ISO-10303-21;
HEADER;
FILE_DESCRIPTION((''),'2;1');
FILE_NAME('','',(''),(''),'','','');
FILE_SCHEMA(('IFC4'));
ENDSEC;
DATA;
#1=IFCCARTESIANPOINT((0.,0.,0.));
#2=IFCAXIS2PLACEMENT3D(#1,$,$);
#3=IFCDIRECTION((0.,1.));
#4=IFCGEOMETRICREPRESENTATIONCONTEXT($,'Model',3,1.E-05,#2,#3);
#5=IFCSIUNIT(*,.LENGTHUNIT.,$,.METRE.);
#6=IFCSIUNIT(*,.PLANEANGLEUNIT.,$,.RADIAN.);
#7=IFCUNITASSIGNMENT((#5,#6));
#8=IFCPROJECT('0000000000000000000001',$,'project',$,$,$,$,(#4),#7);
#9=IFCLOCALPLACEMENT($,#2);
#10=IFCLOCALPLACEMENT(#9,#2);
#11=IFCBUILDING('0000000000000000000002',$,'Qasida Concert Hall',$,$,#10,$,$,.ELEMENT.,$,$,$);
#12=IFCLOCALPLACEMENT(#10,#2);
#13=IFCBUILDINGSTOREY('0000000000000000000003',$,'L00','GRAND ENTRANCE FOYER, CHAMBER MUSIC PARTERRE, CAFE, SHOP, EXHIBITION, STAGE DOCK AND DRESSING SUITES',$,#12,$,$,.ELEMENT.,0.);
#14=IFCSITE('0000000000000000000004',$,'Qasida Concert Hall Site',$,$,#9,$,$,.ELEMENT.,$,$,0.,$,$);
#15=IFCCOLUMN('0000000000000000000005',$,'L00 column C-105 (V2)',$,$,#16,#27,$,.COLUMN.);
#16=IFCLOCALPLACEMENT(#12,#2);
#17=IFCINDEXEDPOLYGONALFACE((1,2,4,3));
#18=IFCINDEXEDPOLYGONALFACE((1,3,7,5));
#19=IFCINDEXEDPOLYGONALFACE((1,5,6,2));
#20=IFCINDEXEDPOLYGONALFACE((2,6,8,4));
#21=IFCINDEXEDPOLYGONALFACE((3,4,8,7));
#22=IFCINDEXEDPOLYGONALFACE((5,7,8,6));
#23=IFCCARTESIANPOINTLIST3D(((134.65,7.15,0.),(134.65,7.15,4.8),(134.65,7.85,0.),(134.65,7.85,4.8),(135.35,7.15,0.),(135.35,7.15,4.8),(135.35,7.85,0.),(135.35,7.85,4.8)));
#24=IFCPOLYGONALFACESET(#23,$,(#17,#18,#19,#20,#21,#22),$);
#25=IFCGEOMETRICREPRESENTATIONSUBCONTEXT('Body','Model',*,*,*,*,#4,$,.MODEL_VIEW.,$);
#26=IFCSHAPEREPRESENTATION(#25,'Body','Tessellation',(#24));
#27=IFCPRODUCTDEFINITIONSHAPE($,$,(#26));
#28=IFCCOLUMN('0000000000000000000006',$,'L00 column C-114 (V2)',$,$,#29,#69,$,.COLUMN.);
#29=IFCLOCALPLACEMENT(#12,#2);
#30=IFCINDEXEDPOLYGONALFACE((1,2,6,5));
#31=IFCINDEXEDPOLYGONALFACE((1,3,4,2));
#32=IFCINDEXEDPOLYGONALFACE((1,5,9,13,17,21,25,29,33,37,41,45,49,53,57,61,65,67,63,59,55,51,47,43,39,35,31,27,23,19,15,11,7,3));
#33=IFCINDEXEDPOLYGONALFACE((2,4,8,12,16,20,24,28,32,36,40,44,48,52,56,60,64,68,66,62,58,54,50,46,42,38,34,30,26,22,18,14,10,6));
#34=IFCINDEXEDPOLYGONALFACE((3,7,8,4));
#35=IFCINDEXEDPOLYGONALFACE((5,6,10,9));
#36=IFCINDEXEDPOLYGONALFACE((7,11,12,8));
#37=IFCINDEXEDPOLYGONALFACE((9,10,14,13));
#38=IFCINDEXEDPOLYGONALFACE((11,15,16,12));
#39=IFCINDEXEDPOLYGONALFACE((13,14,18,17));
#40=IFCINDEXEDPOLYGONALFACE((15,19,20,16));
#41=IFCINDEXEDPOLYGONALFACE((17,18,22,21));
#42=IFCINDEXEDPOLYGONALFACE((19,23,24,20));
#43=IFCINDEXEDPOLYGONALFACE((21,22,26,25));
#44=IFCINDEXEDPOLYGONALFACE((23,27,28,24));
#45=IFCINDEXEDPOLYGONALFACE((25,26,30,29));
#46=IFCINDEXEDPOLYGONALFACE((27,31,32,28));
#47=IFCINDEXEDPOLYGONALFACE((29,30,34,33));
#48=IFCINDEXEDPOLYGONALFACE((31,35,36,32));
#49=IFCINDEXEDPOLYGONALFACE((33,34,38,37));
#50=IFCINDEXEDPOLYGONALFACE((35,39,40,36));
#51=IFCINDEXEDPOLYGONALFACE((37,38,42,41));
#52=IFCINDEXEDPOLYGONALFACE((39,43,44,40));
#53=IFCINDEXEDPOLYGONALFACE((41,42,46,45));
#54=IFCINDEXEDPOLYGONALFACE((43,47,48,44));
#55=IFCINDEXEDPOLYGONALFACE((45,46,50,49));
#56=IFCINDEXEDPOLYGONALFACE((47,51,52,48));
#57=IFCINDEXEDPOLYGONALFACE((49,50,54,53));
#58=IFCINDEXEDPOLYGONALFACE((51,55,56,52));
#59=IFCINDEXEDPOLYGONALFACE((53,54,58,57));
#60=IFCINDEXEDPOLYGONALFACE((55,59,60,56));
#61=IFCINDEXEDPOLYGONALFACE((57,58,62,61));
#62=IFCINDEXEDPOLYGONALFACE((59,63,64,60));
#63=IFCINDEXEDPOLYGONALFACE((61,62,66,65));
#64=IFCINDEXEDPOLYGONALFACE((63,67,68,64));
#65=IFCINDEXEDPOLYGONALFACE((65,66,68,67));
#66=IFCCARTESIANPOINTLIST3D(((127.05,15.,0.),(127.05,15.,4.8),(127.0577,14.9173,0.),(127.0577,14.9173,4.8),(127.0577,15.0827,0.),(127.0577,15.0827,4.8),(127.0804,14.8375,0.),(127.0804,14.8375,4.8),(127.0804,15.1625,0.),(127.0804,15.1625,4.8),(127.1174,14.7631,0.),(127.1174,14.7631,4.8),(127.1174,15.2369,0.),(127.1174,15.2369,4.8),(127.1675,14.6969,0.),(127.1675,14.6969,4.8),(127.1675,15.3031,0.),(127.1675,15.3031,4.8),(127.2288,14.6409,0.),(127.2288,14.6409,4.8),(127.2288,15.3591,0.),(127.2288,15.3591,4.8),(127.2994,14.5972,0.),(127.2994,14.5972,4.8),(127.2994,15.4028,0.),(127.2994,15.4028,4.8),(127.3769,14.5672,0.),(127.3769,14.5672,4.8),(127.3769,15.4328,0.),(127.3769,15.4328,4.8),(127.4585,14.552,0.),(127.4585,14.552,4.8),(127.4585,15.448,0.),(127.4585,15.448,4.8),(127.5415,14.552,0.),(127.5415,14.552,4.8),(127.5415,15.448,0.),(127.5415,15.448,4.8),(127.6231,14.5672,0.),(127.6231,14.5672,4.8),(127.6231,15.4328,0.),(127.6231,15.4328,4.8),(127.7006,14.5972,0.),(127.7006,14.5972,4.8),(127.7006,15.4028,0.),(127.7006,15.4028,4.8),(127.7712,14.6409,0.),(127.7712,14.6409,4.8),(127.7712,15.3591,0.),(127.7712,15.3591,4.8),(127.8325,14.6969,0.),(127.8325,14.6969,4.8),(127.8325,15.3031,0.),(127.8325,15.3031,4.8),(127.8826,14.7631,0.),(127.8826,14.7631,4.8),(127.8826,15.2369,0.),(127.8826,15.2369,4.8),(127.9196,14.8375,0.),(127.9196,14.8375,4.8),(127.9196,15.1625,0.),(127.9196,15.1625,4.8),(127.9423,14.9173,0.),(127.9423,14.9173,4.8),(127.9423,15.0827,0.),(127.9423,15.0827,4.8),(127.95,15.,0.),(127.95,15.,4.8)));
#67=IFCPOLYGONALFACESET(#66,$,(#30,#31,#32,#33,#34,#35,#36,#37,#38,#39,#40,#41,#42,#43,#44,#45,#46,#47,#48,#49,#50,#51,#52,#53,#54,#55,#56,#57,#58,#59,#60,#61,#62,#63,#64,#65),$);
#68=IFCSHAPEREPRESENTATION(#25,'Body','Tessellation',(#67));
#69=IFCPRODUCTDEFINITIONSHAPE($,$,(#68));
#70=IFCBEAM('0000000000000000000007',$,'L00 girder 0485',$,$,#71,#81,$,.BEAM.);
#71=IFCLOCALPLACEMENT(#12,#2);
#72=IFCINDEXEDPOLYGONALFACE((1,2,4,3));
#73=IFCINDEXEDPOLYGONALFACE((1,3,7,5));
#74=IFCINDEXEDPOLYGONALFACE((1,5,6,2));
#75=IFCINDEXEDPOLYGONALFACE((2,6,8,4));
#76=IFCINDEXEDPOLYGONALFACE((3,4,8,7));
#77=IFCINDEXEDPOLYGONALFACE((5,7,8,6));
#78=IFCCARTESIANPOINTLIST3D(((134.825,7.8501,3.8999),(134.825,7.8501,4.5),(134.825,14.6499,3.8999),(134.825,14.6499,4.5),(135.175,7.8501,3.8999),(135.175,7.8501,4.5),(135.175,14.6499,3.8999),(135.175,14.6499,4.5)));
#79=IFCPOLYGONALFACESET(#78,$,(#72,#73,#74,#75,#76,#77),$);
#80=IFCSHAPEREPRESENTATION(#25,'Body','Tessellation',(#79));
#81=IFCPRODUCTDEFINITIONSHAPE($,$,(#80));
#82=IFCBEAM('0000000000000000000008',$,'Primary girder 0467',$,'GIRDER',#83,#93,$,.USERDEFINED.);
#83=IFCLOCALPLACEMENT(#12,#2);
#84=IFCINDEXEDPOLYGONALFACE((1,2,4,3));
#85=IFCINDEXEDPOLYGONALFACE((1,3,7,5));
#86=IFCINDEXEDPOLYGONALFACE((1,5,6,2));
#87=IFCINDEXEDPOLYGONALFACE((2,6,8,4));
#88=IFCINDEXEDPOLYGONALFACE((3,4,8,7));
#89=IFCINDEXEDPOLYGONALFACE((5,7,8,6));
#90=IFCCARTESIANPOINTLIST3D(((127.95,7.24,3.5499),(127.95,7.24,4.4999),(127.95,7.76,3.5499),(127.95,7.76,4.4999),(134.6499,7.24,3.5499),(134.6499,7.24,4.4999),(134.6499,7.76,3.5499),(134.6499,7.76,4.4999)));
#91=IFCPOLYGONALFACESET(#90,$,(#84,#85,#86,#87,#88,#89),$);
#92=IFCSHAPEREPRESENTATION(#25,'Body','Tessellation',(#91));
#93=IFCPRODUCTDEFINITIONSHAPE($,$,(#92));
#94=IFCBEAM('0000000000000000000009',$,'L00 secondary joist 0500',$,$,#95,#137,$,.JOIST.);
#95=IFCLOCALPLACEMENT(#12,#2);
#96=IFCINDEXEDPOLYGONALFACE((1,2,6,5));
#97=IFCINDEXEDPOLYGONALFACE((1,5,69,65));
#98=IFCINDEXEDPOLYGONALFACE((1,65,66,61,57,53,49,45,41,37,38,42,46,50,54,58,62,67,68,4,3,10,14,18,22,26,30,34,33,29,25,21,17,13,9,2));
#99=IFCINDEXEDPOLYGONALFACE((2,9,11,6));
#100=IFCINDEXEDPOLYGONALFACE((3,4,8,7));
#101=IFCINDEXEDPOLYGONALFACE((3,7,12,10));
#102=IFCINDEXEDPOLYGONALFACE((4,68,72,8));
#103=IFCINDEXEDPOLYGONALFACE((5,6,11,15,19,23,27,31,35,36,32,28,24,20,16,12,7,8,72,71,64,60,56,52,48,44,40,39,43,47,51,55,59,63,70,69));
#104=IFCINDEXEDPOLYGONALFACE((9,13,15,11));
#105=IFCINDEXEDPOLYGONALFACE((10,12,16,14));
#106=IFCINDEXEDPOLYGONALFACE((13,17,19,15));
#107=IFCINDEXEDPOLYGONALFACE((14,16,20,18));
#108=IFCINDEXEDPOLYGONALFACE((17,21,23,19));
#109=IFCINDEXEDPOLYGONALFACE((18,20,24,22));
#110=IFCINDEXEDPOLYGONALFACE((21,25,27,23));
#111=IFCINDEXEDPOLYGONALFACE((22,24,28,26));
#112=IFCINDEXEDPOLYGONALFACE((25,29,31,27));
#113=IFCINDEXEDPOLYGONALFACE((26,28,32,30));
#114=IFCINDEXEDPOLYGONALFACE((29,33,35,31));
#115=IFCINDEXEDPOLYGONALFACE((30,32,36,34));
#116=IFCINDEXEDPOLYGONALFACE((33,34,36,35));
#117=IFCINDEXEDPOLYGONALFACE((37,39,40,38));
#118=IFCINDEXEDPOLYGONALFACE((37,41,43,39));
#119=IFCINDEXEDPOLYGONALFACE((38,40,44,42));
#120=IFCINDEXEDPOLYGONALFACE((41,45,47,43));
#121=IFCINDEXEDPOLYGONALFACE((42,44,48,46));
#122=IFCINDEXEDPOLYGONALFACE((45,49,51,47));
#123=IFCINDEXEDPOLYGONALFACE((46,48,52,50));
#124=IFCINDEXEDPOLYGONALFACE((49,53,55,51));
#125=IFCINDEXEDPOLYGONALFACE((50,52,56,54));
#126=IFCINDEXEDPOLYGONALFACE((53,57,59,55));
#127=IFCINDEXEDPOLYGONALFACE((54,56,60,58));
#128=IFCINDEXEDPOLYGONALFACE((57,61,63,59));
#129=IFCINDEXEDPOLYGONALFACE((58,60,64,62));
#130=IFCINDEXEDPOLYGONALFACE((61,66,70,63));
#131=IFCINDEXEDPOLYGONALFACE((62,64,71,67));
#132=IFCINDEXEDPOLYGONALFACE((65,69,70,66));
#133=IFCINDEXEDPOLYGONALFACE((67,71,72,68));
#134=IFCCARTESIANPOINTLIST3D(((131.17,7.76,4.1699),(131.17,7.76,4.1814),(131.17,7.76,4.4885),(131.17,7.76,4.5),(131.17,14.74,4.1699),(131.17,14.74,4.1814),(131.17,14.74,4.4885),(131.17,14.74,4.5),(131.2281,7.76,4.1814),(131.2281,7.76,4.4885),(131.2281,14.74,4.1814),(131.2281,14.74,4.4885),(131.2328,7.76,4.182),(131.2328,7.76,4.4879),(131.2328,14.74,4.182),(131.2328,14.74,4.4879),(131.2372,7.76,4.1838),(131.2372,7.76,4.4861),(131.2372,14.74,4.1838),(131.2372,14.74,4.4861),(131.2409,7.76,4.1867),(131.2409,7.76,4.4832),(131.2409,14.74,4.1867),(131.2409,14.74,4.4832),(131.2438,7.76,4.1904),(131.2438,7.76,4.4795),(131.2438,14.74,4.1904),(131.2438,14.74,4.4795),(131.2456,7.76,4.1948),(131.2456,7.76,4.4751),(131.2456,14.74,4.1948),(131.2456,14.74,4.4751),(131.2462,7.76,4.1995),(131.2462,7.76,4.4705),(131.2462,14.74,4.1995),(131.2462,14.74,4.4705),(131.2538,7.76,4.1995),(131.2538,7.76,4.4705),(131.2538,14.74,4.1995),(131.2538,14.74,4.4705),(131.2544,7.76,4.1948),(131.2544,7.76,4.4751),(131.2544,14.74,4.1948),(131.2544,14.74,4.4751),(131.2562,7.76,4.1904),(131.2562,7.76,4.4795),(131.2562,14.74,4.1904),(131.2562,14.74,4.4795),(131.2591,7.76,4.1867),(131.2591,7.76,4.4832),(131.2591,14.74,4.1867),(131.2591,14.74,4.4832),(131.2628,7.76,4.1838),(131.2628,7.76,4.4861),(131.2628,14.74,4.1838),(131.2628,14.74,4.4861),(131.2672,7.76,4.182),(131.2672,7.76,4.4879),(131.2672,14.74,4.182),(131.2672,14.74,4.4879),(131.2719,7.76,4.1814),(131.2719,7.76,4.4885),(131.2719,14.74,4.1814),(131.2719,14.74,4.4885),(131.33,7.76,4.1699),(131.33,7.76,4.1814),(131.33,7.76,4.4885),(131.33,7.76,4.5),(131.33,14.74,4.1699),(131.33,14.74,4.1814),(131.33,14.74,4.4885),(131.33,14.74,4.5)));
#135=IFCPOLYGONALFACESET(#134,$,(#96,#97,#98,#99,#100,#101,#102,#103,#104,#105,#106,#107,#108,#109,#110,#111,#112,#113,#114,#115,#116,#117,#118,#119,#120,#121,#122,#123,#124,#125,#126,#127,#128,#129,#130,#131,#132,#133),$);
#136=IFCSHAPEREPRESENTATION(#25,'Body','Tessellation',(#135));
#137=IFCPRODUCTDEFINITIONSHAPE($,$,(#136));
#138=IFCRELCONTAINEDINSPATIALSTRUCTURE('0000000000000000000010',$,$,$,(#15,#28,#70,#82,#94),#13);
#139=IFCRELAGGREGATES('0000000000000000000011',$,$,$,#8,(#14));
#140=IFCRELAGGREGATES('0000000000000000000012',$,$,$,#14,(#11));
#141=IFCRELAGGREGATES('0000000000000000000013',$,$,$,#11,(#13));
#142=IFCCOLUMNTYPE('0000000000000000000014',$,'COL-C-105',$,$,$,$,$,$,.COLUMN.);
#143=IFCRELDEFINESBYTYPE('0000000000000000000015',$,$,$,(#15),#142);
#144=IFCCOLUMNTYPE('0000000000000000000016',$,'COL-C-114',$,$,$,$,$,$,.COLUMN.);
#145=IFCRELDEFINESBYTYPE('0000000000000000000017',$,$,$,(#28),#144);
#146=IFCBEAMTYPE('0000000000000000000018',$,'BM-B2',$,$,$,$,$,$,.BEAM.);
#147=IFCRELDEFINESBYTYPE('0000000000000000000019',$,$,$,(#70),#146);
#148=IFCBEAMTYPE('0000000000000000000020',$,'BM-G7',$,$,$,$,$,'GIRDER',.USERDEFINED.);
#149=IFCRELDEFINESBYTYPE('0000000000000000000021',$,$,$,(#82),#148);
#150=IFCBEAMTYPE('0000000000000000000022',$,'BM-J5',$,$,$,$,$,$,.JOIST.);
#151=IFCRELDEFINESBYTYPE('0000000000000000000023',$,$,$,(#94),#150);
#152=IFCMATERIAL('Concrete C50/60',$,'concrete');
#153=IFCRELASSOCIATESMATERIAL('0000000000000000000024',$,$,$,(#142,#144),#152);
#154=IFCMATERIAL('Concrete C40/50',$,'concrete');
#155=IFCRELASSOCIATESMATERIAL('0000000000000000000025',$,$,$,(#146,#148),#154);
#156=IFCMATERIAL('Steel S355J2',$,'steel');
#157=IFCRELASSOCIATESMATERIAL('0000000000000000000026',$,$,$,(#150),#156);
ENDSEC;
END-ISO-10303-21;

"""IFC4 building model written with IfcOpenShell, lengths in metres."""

from ifc_helpers import new_model, si_unit, direction, frame, origin, origin_2d, place, context, subcontext, project, spatial, rectangle, circle, i_section, extrude, material, material_profile, profile_set, type_object, element, save


model = new_model("IFC4")

# Units and contexts
model_context = context("Model", 3, precision=1e-05, world=origin(), true_north=direction((0.0, 1.0)))
body_context = subcontext(model_context, "Body", "Model", "MODEL_VIEW")
ifc_project = project(units=[si_unit("LENGTHUNIT", "METRE"), si_unit("PLANEANGLEUNIT", "RADIAN")], contexts=[model_context])

# Site, building, storey
site_placement = place(None, origin())
site = spatial("IfcSite", under=ifc_project, at=site_placement, Name="Qasida Concert Hall Site", CompositionType="ELEMENT", RefElevation=0.0)
building_placement = place(site_placement, origin())
building = spatial("IfcBuilding", under=site, at=building_placement, Name="Qasida Concert Hall", CompositionType="ELEMENT")
storey_placement = place(building_placement, origin())
storey = spatial("IfcBuildingStorey", under=building, at=storey_placement, Name="L00", Description="GRAND ENTRANCE FOYER, CHAMBER MUSIC PARTERRE, CAFE, SHOP, EXHIBITION, STAGE DOCK AND DRESSING SUITES", CompositionType="ELEMENT", Elevation=0.0)

# Columns
ifc_material_1 = material(Name="Concrete C50/60", Category="concrete")
ifc_material_profile_1 = material_profile(ifc_material_1, rectangle(XDim=0.7, YDim=0.7, at=origin_2d()), Name="RC 700x700")
ifc_profile_set_1 = profile_set([ifc_material_profile_1], Name="Concrete C50/60")
column_type_1 = type_object("IfcColumnType", Name="COL-C-105", PredefinedType="COLUMN", material=ifc_profile_set_1)
column_1_placement = place(storey_placement, frame((135.0, 7.5, 0.0), z_axis=(0.0, 0.0, 1.0), x_axis=(1.0, 0.0, 0.0)))
element("IfcColumn", 1, at=column_1_placement, inside=storey, type_object=column_type_1, Name="L00 column C-105 (V2)", PredefinedType="COLUMN", context=body_context, shape_type="SweptSolid", body=[
    extrude(rectangle(XDim=0.7, YDim=0.7, at=origin_2d()), origin(), (0.0, 0.0, 1.0), 4.8),
])
ifc_material_profile_2 = material_profile(ifc_material_1, circle(Radius=0.45, at=origin_2d()), Name="RC COL D900")
ifc_profile_set_2 = profile_set([ifc_material_profile_2], Name="Concrete C50/60")
column_type_2 = type_object("IfcColumnType", Name="COL-C-114", PredefinedType="COLUMN", material=ifc_profile_set_2)
column_2_placement = place(storey_placement, frame((127.5, 15.0, 0.0), z_axis=(0.0, 0.0, 1.0), x_axis=(1.0, 0.0, 0.0)))
element("IfcColumn", 2, at=column_2_placement, inside=storey, type_object=column_type_2, Name="L00 column C-114 (V2)", PredefinedType="COLUMN", context=body_context, shape_type="SweptSolid", body=[
    extrude(circle(Radius=0.45, at=origin_2d()), origin(), (0.0, 0.0, 1.0), 4.8),
])

# Beams
ifc_material_2 = material(Name="Concrete C40/50", Category="concrete")
ifc_material_profile_3 = material_profile(ifc_material_2, rectangle(XDim=0.3501, YDim=0.6001, at=origin_2d()), Name="RC 350x600")
ifc_profile_set_3 = profile_set([ifc_material_profile_3], Name="Concrete C40/50")
beam_type_1 = type_object("IfcBeamType", Name="BM-B2", PredefinedType="BEAM", material=ifc_profile_set_3)
beam_1_placement = place(storey_placement, frame((135.0, 7.8501, 4.2), z_axis=(0.0, 1.0, 0.0), x_axis=(-1.0, 0.0, 0.0)))
element("IfcBeam", 3, at=beam_1_placement, inside=storey, type_object=beam_type_1, Name="L00 girder 0485", PredefinedType="BEAM", context=body_context, shape_type="SweptSolid", body=[
    extrude(rectangle(XDim=0.3501, YDim=0.6001, at=origin_2d()), origin(), (0.0, 0.0, 1.0), 6.7998),
])
ifc_material_profile_4 = material_profile(ifc_material_2, rectangle(XDim=0.52, YDim=0.95, at=origin_2d()), Name="RC 520x950")
ifc_profile_set_4 = profile_set([ifc_material_profile_4], Name="Concrete C40/50")
beam_type_2 = type_object("IfcBeamType", Name="BM-G7", ElementType="GIRDER", PredefinedType="USERDEFINED", material=ifc_profile_set_4)
beam_2_placement = place(storey_placement, frame((127.95, 7.5, 4.0249), z_axis=(1.0, 0.0, 0.0), x_axis=(0.0, 1.0, 0.0)))
element("IfcBeam", 4, at=beam_2_placement, inside=storey, type_object=beam_type_2, Name="Primary girder 0467", ObjectType="GIRDER", PredefinedType="USERDEFINED", context=body_context, shape_type="SweptSolid", body=[
    extrude(rectangle(XDim=0.52, YDim=0.95, at=origin_2d()), origin(), (0.0, 0.0, 1.0), 6.7),
])
ifc_material_3 = material(Name="Steel S355J2", Category="steel")
ifc_material_profile_5 = material_profile(ifc_material_3, i_section(OverallWidth=0.1599, OverallDepth=0.3301, WebThickness=0.0076, FlangeThickness=0.0115, FilletRadius=0.0181, at=origin_2d()), Name="IPE 330")
ifc_profile_set_5 = profile_set([ifc_material_profile_5], Name="Steel S355J2")
beam_type_3 = type_object("IfcBeamType", Name="BM-J5", PredefinedType="JOIST", material=ifc_profile_set_5)
beam_3_placement = place(storey_placement, frame((131.25, 7.76, 4.335), z_axis=(0.0, 1.0, 0.0), x_axis=(-1.0, 0.0, 0.0)))
element("IfcBeam", 5, at=beam_3_placement, inside=storey, type_object=beam_type_3, Name="L00 secondary joist 0500", PredefinedType="JOIST", context=body_context, shape_type="SweptSolid", body=[
    extrude(i_section(OverallWidth=0.1599, OverallDepth=0.3301, WebThickness=0.0076, FlangeThickness=0.0115, FilletRadius=0.0181, at=origin_2d()), origin(), (0.0, 0.0, 1.0), 6.98),
])

save(model, "model.ifc")
